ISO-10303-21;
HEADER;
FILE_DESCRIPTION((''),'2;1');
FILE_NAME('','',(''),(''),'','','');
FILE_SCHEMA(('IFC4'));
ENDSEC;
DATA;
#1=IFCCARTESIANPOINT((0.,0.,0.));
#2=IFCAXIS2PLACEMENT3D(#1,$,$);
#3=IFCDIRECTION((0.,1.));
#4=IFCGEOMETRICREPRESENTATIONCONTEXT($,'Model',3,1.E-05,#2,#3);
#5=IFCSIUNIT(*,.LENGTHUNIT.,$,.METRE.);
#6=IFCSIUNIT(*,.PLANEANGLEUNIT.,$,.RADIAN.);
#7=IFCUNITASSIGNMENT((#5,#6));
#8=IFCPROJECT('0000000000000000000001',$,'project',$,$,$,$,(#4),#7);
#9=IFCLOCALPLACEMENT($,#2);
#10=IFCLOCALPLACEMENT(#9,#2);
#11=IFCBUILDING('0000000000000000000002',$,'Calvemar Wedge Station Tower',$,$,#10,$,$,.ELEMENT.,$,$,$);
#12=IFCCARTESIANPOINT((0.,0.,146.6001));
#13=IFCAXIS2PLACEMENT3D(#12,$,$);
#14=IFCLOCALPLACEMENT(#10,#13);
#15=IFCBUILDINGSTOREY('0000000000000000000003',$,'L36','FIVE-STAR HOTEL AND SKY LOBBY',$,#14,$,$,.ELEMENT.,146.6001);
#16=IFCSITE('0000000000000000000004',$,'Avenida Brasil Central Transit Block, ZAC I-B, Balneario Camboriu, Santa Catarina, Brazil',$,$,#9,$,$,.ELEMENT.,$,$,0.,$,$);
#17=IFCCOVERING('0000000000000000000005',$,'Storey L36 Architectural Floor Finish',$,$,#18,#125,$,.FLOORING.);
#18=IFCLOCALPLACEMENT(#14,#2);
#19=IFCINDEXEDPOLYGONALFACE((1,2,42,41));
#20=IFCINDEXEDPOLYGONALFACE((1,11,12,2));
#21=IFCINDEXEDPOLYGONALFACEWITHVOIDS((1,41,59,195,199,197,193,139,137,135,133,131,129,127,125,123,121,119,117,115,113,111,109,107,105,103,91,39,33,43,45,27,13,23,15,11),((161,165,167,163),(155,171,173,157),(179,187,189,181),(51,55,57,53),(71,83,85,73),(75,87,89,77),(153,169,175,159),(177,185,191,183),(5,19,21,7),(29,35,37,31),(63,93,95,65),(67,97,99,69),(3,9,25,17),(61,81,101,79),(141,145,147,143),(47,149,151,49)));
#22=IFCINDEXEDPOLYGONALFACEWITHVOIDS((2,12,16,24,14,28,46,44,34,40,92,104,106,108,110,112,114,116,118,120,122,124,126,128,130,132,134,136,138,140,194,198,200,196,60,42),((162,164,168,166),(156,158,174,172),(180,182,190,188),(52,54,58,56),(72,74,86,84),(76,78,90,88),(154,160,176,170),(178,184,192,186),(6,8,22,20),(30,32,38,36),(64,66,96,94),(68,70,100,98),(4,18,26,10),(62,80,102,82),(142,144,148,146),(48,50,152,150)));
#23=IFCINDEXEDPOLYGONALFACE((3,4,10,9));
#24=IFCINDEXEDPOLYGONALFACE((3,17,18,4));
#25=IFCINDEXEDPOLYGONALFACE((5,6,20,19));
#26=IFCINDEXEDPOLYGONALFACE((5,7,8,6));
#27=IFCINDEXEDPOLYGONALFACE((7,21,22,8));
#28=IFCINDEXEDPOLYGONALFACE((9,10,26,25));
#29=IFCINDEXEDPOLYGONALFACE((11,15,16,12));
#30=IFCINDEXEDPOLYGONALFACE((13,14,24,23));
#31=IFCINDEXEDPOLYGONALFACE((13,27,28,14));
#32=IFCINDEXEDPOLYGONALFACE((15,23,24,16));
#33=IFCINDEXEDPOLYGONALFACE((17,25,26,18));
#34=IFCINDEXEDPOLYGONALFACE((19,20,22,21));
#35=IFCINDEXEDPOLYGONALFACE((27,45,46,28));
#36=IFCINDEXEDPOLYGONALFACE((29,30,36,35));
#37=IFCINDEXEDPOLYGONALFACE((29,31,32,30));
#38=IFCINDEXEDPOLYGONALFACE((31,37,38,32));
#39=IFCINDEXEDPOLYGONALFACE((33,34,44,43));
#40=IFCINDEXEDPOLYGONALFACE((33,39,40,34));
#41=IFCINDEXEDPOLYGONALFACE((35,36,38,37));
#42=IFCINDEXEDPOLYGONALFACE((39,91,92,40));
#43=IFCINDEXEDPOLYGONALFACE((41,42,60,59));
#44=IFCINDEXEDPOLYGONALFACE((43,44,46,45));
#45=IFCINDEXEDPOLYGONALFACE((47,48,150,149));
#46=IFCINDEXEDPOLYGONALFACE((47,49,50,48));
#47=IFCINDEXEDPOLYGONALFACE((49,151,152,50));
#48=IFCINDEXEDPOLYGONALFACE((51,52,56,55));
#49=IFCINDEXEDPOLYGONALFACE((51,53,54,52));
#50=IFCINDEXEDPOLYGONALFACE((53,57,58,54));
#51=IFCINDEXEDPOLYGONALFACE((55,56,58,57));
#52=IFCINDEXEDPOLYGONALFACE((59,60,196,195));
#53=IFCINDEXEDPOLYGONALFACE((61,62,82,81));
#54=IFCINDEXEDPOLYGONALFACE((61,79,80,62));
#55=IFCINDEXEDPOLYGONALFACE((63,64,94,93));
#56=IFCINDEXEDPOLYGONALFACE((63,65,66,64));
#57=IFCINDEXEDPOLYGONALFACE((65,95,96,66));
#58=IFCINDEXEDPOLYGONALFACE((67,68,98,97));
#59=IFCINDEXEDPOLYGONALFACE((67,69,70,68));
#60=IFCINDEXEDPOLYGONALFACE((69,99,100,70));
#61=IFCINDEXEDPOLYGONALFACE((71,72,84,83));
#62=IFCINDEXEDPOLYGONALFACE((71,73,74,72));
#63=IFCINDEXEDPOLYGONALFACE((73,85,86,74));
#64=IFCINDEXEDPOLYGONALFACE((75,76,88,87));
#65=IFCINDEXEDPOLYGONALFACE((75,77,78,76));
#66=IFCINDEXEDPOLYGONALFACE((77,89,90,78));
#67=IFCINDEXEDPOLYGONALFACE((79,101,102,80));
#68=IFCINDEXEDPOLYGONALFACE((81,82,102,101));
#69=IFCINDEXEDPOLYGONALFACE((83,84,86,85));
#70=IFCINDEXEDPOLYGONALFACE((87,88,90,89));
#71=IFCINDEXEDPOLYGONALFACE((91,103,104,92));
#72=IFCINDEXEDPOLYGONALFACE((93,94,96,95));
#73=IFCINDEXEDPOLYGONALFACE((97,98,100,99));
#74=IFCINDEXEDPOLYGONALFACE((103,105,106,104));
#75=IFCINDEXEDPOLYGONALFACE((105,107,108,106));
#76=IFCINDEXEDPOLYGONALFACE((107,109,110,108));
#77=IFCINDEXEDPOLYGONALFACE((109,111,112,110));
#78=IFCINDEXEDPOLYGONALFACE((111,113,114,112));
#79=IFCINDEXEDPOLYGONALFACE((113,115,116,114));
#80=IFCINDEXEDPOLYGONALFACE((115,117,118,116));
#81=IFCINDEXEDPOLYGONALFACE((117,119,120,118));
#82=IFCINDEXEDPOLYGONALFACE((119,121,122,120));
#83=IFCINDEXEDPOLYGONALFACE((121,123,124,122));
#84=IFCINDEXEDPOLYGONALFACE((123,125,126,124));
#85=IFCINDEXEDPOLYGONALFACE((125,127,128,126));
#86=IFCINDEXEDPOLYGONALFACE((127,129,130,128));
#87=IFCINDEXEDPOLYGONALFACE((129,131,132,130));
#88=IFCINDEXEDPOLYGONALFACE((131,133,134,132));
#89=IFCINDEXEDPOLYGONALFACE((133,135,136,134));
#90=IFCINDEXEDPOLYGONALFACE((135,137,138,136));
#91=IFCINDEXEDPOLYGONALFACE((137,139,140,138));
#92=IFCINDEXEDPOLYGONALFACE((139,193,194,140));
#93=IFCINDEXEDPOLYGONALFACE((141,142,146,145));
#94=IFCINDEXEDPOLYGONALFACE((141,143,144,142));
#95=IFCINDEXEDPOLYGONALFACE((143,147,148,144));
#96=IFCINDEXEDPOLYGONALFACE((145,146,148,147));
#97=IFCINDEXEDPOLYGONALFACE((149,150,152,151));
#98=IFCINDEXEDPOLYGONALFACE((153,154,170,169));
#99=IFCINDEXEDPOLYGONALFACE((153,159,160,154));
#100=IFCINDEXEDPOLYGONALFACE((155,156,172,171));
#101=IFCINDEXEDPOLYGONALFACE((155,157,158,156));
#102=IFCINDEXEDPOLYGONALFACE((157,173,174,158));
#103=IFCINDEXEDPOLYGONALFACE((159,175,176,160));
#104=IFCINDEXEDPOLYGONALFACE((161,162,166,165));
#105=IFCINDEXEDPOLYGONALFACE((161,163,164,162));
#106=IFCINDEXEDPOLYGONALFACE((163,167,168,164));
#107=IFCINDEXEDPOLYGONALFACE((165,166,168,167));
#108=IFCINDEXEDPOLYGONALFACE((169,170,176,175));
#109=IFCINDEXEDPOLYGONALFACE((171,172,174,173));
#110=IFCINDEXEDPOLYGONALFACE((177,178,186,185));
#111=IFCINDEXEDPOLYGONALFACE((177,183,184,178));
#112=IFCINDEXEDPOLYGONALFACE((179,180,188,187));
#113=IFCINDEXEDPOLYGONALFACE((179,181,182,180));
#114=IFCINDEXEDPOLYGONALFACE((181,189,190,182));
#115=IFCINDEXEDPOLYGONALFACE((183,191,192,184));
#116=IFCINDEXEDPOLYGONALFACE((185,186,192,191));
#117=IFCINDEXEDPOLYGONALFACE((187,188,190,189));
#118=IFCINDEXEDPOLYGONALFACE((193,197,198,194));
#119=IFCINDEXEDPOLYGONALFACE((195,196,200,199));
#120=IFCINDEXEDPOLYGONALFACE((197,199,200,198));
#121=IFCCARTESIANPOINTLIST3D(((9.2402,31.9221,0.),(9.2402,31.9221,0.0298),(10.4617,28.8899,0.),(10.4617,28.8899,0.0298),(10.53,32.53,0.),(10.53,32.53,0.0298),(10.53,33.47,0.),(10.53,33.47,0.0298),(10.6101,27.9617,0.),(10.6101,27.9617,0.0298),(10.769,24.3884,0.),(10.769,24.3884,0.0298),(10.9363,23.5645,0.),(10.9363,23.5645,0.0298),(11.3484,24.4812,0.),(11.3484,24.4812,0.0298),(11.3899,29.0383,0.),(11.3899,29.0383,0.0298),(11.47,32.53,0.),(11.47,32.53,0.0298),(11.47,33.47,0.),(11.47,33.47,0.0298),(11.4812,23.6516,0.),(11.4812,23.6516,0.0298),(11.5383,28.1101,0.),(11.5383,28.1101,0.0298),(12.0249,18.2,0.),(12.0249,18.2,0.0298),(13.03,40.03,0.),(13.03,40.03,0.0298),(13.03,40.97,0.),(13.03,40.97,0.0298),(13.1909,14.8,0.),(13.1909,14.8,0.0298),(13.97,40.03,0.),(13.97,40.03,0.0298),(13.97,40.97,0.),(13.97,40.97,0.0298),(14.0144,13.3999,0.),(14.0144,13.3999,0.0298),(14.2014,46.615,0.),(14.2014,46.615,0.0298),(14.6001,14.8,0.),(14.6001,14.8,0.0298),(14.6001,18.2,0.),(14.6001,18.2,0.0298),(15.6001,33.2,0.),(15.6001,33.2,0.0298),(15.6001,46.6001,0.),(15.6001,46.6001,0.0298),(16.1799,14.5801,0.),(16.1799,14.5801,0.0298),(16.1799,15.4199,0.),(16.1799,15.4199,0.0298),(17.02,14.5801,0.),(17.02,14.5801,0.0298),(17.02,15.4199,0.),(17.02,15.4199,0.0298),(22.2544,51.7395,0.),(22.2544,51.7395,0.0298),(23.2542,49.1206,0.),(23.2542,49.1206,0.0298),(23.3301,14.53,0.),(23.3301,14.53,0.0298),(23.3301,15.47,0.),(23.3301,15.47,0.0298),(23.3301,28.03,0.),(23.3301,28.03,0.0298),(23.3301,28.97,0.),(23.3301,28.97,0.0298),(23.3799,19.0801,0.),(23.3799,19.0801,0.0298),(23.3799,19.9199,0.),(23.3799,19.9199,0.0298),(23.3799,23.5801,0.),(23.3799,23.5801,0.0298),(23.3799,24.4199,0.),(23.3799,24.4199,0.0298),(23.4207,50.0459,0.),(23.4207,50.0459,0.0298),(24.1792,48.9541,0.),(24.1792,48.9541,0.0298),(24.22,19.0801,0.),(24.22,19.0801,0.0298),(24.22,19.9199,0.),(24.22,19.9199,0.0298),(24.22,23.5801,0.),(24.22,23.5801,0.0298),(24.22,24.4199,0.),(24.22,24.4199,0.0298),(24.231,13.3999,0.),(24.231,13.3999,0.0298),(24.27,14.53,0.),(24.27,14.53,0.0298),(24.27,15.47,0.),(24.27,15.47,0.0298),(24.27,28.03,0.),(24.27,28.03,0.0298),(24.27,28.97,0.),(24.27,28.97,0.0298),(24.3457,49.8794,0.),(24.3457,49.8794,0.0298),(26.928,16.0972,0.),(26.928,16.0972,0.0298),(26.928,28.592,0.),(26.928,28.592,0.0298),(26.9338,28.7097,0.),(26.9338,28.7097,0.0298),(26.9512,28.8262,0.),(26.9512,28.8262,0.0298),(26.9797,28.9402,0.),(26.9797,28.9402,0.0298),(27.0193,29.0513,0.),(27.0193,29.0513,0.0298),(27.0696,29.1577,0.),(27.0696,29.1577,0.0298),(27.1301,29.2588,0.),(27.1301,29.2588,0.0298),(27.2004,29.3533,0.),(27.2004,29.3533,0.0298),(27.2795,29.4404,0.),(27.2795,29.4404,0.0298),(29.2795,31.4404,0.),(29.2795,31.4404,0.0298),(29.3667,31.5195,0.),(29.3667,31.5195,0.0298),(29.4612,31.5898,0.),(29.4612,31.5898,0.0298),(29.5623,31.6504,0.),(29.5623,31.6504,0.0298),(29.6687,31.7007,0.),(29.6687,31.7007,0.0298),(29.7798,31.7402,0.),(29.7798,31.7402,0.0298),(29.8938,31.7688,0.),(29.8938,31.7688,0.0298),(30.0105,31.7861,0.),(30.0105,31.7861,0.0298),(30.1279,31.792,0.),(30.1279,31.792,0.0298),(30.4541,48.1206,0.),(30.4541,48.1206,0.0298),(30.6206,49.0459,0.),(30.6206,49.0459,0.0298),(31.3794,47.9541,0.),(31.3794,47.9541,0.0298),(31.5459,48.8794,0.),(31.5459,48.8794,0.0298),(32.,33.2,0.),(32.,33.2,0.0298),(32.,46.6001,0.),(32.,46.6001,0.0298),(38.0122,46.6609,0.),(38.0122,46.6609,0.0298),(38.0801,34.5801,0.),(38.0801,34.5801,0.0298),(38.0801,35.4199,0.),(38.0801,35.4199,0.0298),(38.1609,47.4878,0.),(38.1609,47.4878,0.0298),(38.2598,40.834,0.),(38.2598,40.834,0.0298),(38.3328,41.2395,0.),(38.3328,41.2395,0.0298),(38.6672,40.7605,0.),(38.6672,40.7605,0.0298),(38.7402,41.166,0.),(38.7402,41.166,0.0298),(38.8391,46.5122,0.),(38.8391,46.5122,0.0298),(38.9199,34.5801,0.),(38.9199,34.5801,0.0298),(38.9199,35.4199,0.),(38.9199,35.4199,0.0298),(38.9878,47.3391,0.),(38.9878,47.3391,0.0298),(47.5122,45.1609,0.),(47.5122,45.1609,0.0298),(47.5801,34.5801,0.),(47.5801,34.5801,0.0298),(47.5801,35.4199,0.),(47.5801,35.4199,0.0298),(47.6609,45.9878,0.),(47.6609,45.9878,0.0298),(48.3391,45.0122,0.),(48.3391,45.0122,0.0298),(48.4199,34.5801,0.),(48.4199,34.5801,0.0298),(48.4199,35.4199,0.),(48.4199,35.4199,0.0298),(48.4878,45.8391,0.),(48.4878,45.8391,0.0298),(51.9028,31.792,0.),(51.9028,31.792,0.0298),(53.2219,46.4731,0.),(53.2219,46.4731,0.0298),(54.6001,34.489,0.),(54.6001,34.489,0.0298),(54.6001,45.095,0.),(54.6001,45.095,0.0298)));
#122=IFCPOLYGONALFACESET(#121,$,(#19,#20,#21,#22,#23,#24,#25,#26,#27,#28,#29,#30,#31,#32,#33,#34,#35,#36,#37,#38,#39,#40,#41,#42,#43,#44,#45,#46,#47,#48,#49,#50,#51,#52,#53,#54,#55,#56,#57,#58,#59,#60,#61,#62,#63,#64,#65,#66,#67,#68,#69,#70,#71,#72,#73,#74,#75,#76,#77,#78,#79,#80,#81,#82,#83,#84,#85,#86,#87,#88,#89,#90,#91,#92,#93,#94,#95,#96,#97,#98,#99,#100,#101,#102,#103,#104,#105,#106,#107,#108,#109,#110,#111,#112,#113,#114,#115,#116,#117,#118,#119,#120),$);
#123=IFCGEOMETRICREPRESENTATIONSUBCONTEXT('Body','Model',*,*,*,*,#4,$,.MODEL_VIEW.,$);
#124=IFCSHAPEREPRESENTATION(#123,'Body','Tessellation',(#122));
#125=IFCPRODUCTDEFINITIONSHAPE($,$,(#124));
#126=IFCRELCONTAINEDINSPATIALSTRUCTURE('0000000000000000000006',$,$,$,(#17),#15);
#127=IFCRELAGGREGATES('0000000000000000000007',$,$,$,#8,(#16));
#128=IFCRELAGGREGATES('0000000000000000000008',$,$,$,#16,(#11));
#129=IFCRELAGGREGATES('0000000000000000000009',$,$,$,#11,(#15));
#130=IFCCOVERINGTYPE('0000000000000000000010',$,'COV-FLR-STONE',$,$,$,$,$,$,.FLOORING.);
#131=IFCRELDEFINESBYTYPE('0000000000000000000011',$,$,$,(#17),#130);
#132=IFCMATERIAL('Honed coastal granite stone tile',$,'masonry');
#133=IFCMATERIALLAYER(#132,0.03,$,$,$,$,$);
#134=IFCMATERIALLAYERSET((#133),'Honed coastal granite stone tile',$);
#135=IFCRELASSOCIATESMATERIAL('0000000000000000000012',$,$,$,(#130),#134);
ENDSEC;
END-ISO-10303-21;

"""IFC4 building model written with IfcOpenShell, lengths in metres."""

from ifc_helpers import new_model, si_unit, direction, frame, origin, place, context, subcontext, project, spatial, polyline, outline, extrude, material, layer, layer_set, type_object, element, save


model = new_model("IFC4")

# Units and contexts
model_context = context("Model", 3, precision=1e-05, world=origin(), true_north=direction((0.0, 1.0)))
body_context = subcontext(model_context, "Body", "Model", "MODEL_VIEW")
ifc_project = project(units=[si_unit("LENGTHUNIT", "METRE"), si_unit("PLANEANGLEUNIT", "RADIAN")], contexts=[model_context])

# Site, building, storey
site_placement = place(None, origin())
site = spatial("IfcSite", under=ifc_project, at=site_placement, Name="Avenida Brasil Central Transit Block, ZAC I-B, Balneario Camboriu, Santa Catarina, Brazil", CompositionType="ELEMENT", RefElevation=0.0)
building_placement = place(site_placement, origin())
building = spatial("IfcBuilding", under=site, at=building_placement, Name="Calvemar Wedge Station Tower", CompositionType="ELEMENT")
storey_placement = place(building_placement, frame((0.0, 0.0, 146.6001)))
storey = spatial("IfcBuildingStorey", under=building, at=storey_placement, Name="L36", Description="FIVE-STAR HOTEL AND SKY LOBBY", CompositionType="ELEMENT", Elevation=146.6001)

# Covering
ifc_material_1 = material(Name="Honed coastal granite stone tile", Category="masonry")
ifc_layer_1 = layer(ifc_material_1, 0.03)
ifc_layer_set_1 = layer_set([ifc_layer_1], Name="Honed coastal granite stone tile")
covering_type_1 = type_object("IfcCoveringType", Name="COV-FLR-STONE", PredefinedType="FLOORING", material=ifc_layer_set_1)
covering_1_placement = place(storey_placement, origin())
element("IfcCovering", 1, at=covering_1_placement, inside=storey, type_object=covering_type_1, Name="Storey L36 Architectural Floor Finish", PredefinedType="FLOORING", context=body_context, shape_type="SweptSolid", body=[
    extrude(outline(polyline([(27.2795, 29.4404), (29.2795, 31.4404), (29.3667, 31.5195), (29.4612, 31.5898), (29.5623, 31.6504), (29.6687, 31.7007), (29.7798, 31.7402), (29.8938, 31.7688), (30.0105, 31.7861), (30.1279, 31.792), (51.9028, 31.792), (54.6001, 34.489), (54.6001, 45.095), (53.2219, 46.4731), (22.2544, 51.7395), (14.2014, 46.615), (9.2402, 31.9221), (10.769, 24.3884), (11.3484, 24.4812), (11.4812, 23.6516), (10.9363, 23.5645), (12.0249, 18.2), (14.6001, 18.2), (14.6001, 14.8), (13.1909, 14.8), (14.0144, 13.3999), (24.231, 13.3999), (26.928, 16.0972), (26.928, 28.592), (26.9338, 28.7097), (26.9512, 28.8262), (26.9797, 28.9402), (27.0193, 29.0513), (27.0696, 29.1577), (27.1301, 29.2588), (27.2004, 29.3533), (27.2795, 29.4404)]), holes=[polyline([(15.6001, 46.6001), (32.0, 46.6001), (32.0, 33.2), (15.6001, 33.2), (15.6001, 46.6001)]), polyline([(10.53, 32.53), (10.53, 33.47), (11.47, 33.47), (11.47, 32.53), (10.53, 32.53)]), polyline([(13.03, 40.97), (13.97, 40.97), (13.97, 40.03), (13.03, 40.03), (13.03, 40.97)]), polyline([(24.3457, 49.8794), (24.1792, 48.9541), (23.2542, 49.1206), (23.4207, 50.0459), (24.3457, 49.8794)]), polyline([(31.3794, 47.9541), (30.4541, 48.1206), (30.6206, 49.0459), (31.5459, 48.8794), (31.3794, 47.9541)]), polyline([(38.0122, 46.6609), (38.1609, 47.4878), (38.9878, 47.3391), (38.8391, 46.5122), (38.0122, 46.6609)]), polyline([(47.6609, 45.9878), (48.4878, 45.8391), (48.3391, 45.0122), (47.5122, 45.1609), (47.6609, 45.9878)]), polyline([(38.9199, 35.4199), (38.9199, 34.5801), (38.0801, 34.5801), (38.0801, 35.4199), (38.9199, 35.4199)]), polyline([(48.4199, 34.5801), (47.5801, 34.5801), (47.5801, 35.4199), (48.4199, 35.4199), (48.4199, 34.5801)]), polyline([(38.2598, 40.834), (38.3328, 41.2395), (38.7402, 41.166), (38.6672, 40.7605), (38.2598, 40.834)]), polyline([(11.3899, 29.0383), (11.5383, 28.1101), (10.6101, 27.9617), (10.4617, 28.8899), (11.3899, 29.0383)]), polyline([(24.27, 28.03), (23.3301, 28.03), (23.3301, 28.97), (24.27, 28.97), (24.27, 28.03)]), polyline([(23.3799, 23.5801), (23.3799, 24.4199), (24.22, 24.4199), (24.22, 23.5801), (23.3799, 23.5801)]), polyline([(23.3799, 19.9199), (24.22, 19.9199), (24.22, 19.0801), (23.3799, 19.0801), (23.3799, 19.9199)]), polyline([(24.27, 15.47), (24.27, 14.53), (23.3301, 14.53), (23.3301, 15.47), (24.27, 15.47)]), polyline([(17.02, 14.5801), (16.1799, 14.5801), (16.1799, 15.4199), (17.02, 15.4199), (17.02, 14.5801)])]), origin(), (0.0, 0.0, 1.0), 0.0298),
])

save(model, "model.ifc")
